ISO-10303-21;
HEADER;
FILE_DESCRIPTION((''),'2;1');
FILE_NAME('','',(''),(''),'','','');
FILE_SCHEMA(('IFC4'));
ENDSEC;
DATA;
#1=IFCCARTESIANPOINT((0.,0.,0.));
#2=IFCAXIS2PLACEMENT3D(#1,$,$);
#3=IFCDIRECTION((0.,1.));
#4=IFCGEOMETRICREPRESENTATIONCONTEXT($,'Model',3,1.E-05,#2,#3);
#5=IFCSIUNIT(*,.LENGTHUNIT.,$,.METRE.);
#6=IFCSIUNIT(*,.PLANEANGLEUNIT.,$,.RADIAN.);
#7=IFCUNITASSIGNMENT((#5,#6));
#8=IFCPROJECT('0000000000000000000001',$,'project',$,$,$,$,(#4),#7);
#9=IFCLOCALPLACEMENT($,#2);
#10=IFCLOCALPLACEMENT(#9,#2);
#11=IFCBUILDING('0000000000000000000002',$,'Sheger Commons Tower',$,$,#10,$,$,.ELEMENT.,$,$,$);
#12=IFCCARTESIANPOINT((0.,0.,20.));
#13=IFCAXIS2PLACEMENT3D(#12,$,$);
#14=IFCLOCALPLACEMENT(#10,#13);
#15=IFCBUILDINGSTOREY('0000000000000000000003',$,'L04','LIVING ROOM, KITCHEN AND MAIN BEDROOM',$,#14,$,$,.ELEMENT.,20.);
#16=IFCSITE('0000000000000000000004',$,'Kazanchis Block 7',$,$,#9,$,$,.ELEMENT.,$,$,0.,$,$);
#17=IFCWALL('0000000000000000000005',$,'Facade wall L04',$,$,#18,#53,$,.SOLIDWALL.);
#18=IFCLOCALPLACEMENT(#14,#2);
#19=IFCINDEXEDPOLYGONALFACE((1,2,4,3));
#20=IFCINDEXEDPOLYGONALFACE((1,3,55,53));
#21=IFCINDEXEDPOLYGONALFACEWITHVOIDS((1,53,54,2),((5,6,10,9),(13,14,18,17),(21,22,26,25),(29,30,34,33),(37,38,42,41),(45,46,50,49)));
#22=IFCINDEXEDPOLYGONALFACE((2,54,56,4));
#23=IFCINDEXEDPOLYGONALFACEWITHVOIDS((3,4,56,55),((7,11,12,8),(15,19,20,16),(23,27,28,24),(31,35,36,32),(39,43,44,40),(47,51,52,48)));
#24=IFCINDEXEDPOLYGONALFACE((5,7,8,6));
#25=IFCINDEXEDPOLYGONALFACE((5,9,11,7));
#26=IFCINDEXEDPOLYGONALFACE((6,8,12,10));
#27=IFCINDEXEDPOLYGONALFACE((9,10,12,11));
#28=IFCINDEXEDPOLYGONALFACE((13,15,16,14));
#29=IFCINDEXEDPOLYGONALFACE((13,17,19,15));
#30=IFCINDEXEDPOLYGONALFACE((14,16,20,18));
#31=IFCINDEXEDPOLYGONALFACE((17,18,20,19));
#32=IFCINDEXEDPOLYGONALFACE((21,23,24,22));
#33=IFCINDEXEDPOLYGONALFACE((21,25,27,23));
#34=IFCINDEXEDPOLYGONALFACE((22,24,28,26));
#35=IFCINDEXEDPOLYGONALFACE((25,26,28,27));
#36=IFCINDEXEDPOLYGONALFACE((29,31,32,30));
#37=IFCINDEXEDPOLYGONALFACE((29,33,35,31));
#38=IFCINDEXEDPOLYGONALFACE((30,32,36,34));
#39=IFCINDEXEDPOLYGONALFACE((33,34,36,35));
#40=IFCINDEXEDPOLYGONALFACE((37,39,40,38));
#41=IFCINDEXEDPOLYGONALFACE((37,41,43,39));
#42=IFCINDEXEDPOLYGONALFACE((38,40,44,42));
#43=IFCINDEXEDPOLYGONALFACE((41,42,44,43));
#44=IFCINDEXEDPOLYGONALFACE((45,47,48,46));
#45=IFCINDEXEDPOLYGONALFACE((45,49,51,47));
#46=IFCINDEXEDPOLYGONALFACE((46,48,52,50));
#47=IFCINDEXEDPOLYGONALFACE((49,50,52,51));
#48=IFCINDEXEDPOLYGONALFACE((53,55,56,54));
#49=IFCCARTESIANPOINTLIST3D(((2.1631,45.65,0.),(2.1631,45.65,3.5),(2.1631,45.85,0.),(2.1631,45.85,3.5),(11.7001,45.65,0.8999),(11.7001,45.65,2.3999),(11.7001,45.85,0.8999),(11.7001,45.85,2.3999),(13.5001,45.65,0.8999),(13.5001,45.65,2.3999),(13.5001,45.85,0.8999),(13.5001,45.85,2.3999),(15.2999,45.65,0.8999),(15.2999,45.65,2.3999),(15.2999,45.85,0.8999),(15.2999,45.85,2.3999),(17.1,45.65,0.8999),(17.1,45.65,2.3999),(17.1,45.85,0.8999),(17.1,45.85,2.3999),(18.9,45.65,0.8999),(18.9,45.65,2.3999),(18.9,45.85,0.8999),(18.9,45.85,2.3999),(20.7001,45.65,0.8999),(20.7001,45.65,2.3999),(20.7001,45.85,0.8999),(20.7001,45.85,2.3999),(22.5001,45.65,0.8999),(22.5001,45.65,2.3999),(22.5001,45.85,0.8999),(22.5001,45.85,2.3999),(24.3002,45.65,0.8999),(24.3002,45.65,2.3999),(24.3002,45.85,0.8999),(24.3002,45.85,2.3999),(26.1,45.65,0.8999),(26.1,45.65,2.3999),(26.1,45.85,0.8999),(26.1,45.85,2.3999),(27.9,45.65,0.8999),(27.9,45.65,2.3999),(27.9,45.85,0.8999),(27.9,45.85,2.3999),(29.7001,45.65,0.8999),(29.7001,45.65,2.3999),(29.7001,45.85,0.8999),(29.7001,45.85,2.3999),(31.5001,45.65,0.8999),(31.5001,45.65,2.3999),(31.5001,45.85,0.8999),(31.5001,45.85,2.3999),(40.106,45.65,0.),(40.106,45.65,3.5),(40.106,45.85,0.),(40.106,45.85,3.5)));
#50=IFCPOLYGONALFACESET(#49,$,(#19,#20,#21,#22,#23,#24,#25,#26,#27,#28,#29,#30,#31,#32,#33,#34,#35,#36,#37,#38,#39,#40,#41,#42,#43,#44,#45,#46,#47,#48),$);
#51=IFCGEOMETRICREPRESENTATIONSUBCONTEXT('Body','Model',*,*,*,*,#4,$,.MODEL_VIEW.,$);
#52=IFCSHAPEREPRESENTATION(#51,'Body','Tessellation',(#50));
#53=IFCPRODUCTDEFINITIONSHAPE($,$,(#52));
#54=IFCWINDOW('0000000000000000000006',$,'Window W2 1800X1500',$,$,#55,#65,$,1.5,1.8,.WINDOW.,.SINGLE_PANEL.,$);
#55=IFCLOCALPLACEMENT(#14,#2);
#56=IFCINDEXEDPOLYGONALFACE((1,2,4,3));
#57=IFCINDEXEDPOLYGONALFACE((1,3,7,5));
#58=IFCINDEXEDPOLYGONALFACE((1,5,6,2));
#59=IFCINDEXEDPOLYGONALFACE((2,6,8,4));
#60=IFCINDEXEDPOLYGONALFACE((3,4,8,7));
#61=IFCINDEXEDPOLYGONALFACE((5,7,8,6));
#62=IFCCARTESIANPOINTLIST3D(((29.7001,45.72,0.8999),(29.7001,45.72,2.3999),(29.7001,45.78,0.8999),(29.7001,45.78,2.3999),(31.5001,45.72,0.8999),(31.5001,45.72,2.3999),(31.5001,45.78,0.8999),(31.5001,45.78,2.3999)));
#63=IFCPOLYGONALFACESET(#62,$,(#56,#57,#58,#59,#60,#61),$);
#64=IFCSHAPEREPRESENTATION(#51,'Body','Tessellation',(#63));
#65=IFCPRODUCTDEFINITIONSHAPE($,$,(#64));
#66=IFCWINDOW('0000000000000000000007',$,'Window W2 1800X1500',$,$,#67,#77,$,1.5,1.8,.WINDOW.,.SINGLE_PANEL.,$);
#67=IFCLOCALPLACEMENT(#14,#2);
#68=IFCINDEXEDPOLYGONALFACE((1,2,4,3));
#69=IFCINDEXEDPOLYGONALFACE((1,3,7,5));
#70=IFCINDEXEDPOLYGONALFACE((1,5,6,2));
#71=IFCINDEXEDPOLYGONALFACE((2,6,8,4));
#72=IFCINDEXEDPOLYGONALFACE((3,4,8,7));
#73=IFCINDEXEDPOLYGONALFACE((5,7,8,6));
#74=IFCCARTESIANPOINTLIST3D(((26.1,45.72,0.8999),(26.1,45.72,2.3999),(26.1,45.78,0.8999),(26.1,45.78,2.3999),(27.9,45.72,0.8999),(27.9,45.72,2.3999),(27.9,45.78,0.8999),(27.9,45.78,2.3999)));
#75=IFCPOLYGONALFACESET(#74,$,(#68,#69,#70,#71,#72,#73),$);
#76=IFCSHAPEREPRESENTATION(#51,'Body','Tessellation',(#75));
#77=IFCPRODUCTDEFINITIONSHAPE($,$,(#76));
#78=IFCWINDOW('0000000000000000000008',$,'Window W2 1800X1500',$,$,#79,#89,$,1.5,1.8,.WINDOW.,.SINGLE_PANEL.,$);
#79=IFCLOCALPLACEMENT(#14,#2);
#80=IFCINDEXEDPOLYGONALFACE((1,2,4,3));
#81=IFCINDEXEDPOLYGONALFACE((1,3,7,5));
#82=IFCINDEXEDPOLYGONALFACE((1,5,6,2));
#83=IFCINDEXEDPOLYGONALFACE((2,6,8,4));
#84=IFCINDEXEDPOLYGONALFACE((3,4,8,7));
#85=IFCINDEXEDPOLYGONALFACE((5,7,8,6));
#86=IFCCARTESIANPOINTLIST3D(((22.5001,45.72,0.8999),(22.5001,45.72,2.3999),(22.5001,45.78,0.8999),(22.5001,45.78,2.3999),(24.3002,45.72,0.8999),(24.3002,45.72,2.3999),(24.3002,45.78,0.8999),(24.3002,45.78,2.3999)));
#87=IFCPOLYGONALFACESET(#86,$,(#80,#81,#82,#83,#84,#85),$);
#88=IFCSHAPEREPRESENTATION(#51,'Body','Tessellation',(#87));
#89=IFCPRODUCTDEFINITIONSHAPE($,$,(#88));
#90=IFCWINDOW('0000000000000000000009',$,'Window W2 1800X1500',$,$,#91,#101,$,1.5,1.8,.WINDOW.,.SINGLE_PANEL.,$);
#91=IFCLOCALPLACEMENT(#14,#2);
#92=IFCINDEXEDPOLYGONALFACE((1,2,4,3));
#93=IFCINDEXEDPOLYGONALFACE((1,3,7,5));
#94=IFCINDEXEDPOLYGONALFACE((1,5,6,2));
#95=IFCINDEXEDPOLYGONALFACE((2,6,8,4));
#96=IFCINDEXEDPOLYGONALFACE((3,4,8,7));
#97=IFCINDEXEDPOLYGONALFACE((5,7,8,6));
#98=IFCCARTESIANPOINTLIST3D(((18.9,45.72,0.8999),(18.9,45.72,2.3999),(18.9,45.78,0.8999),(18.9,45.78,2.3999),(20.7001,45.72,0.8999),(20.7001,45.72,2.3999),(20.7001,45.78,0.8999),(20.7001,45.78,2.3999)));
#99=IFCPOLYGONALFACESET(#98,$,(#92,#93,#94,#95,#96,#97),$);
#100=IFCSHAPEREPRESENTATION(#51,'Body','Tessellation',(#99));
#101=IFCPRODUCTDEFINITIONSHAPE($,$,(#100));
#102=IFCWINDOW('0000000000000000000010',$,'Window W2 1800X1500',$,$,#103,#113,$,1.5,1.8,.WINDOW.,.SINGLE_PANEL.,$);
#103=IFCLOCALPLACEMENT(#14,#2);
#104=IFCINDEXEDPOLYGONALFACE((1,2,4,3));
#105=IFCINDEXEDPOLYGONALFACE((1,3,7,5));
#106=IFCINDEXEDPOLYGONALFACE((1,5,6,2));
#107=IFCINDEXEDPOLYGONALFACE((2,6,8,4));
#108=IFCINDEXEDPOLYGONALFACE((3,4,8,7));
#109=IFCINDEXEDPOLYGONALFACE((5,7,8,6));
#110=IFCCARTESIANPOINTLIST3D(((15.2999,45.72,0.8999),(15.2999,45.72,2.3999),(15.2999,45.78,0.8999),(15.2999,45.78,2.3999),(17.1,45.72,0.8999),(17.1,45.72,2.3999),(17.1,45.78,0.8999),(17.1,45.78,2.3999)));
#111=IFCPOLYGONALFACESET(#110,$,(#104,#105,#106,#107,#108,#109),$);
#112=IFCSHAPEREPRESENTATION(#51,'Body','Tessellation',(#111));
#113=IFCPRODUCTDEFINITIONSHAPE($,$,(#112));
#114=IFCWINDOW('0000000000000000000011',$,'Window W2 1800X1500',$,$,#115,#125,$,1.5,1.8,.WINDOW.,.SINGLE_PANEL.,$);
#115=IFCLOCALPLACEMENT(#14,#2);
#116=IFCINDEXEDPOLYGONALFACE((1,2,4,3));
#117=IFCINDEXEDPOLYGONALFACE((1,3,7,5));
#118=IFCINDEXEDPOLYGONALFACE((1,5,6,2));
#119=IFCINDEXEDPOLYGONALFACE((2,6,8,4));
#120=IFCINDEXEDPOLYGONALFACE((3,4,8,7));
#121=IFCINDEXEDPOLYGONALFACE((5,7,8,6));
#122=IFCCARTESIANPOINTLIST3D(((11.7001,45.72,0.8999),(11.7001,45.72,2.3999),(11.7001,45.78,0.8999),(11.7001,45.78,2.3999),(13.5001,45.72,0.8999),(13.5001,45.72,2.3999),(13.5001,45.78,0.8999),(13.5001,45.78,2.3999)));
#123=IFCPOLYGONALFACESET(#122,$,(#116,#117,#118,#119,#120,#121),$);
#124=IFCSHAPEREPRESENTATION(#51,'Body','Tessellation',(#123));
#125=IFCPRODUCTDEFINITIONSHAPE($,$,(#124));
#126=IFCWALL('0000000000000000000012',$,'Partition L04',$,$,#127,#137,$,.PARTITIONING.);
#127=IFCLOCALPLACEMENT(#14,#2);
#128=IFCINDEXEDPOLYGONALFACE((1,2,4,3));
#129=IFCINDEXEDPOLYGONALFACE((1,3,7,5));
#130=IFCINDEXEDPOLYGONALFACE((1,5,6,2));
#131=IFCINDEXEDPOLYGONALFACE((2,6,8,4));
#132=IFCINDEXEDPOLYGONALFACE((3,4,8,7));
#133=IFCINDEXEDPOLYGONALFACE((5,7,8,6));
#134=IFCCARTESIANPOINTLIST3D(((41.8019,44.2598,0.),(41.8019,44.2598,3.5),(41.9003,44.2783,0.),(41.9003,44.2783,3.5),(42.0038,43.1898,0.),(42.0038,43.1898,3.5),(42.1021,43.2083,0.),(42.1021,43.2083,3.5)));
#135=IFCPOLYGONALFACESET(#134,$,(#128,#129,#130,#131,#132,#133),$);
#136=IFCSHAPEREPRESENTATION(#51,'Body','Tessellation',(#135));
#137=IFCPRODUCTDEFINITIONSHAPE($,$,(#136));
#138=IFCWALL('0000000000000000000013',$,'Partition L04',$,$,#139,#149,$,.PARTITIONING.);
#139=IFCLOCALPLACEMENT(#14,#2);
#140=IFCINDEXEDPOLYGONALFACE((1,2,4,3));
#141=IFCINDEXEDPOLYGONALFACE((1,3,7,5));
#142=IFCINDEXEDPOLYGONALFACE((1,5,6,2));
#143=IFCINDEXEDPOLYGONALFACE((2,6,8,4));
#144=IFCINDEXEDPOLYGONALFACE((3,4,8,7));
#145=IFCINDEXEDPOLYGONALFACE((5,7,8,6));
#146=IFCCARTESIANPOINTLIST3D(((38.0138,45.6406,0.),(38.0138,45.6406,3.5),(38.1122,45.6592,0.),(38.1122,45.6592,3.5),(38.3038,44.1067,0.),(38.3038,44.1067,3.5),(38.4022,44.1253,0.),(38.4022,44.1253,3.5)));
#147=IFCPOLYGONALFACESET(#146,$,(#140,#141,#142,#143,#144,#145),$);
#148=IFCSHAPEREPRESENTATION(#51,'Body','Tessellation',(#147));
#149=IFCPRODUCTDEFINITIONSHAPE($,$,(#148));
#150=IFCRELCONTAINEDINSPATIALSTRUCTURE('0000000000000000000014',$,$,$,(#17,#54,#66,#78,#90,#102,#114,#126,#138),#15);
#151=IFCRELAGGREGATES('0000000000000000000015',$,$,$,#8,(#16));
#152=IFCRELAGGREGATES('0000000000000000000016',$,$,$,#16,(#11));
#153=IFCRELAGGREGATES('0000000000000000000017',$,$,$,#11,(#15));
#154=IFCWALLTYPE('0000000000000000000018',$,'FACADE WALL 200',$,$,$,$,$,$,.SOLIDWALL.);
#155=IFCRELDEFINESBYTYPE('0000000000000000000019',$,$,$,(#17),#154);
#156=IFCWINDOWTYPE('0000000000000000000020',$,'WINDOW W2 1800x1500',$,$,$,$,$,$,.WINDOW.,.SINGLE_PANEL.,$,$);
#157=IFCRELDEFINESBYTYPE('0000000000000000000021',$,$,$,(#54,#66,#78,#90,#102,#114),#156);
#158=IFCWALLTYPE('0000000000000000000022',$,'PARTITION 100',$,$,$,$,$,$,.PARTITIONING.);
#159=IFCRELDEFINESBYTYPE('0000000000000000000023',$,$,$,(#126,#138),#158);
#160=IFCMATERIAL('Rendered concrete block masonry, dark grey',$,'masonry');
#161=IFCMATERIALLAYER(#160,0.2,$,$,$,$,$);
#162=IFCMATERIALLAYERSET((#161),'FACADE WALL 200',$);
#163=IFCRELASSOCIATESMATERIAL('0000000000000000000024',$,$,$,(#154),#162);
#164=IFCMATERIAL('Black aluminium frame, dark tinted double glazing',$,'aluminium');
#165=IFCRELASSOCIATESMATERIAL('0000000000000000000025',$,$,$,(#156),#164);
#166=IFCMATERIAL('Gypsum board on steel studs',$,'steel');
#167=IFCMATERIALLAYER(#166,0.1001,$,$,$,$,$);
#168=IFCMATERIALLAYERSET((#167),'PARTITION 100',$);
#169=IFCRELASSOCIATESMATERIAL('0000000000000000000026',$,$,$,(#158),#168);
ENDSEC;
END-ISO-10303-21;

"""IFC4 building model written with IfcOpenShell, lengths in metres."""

from ifc_helpers import new_model, si_unit, direction, frame, frame_2d, origin, place, context, subcontext, project, spatial, rectangle, extrude, material, layer, layer_set, type_object, element, fill, save


model = new_model("IFC4")

# Units and contexts
model_context = context("Model", 3, precision=1e-05, world=origin(), true_north=direction((0.0, 1.0)))
body_context = subcontext(model_context, "Body", "Model", "MODEL_VIEW")
ifc_project = project(units=[si_unit("LENGTHUNIT", "METRE"), si_unit("PLANEANGLEUNIT", "RADIAN")], contexts=[model_context])

# Site, building, storey
site_placement = place(None, origin())
site = spatial("IfcSite", under=ifc_project, at=site_placement, Name="Kazanchis Block 7", CompositionType="ELEMENT", RefElevation=0.0)
building_placement = place(site_placement, origin())
building = spatial("IfcBuilding", under=site, at=building_placement, Name="Sheger Commons Tower", CompositionType="ELEMENT")
storey_placement = place(building_placement, frame((0.0, 0.0, 20.0)))
storey = spatial("IfcBuildingStorey", under=building, at=storey_placement, Name="L04", Description="LIVING ROOM, KITCHEN AND MAIN BEDROOM", CompositionType="ELEMENT", Elevation=20.0)

# Shared definitions
ifc_material_1 = material(Name="Rendered concrete block masonry, dark grey", Category="masonry")
ifc_layer_1 = layer(ifc_material_1, 0.2)
ifc_layer_set_1 = layer_set([ifc_layer_1], Name="FACADE WALL 200")
wall_type_1 = type_object("IfcWallType", Name="FACADE WALL 200", PredefinedType="SOLIDWALL", material=ifc_layer_set_1)

# Wall, openings, windows
wall_1_placement = place(storey_placement, frame((40.106, 45.75, 0.0), z_axis=(0.0, 0.0, 1.0), x_axis=(-1.0, 0.0, 0.0)))
wall_1 = element("IfcWall", 1, at=wall_1_placement, inside=storey, type_object=wall_type_1, Name="Facade wall L04", PredefinedType="SOLIDWALL", context=body_context, shape_type="SweptSolid", body=[
    extrude(rectangle(XDim=37.9429, YDim=0.2, at=frame_2d((18.9714, 0.0))), origin(), (0.0, 0.0, 1.0), 3.5),
])
opening_1_placement = place(wall_1_placement, frame((8.606, 0.0, 0.8999)))
opening_1 = element("IfcOpeningElement", 2, at=opening_1_placement, cuts=wall_1, PredefinedType="OPENING", context=body_context, shape_type="SweptSolid", body=[
    extrude(rectangle(XDim=1.8, YDim=1.5, at=frame_2d((0.8999, 0.75))), frame((0.0, 0.1099, 0.0), z_axis=(0.0, -1.0, 0.0), x_axis=(1.0, 0.0, 0.0)), (0.0, 0.0, 1.0), 0.22),
])
opening_2_placement = place(wall_1_placement, frame((12.2061, 0.0, 0.8999)))
opening_2 = element("IfcOpeningElement", 3, at=opening_2_placement, cuts=wall_1, PredefinedType="OPENING", context=body_context, shape_type="SweptSolid", body=[
    extrude(rectangle(XDim=1.8, YDim=1.5, at=frame_2d((0.8999, 0.75))), frame((0.0, 0.1099, 0.0), z_axis=(0.0, -1.0, 0.0), x_axis=(1.0, 0.0, 0.0)), (0.0, 0.0, 1.0), 0.22),
])
opening_3_placement = place(wall_1_placement, frame((15.8059, 0.0, 0.8999)))
opening_3 = element("IfcOpeningElement", 4, at=opening_3_placement, cuts=wall_1, PredefinedType="OPENING", context=body_context, shape_type="SweptSolid", body=[
    extrude(rectangle(XDim=1.8, YDim=1.5, at=frame_2d((0.8999, 0.75))), frame((0.0, 0.1099, 0.0), z_axis=(0.0, -1.0, 0.0), x_axis=(1.0, 0.0, 0.0)), (0.0, 0.0, 1.0), 0.22),
])
opening_4_placement = place(wall_1_placement, frame((19.406, 0.0, 0.8999)))
opening_4 = element("IfcOpeningElement", 5, at=opening_4_placement, cuts=wall_1, PredefinedType="OPENING", context=body_context, shape_type="SweptSolid", body=[
    extrude(rectangle(XDim=1.8, YDim=1.5, at=frame_2d((0.8999, 0.75))), frame((0.0, 0.1099, 0.0), z_axis=(0.0, -1.0, 0.0), x_axis=(1.0, 0.0, 0.0)), (0.0, 0.0, 1.0), 0.22),
])
opening_5_placement = place(wall_1_placement, frame((23.0061, 0.0, 0.8999)))
opening_5 = element("IfcOpeningElement", 6, at=opening_5_placement, cuts=wall_1, PredefinedType="OPENING", context=body_context, shape_type="SweptSolid", body=[
    extrude(rectangle(XDim=1.8, YDim=1.5, at=frame_2d((0.8999, 0.75))), frame((0.0, 0.1099, 0.0), z_axis=(0.0, -1.0, 0.0), x_axis=(1.0, 0.0, 0.0)), (0.0, 0.0, 1.0), 0.22),
])
opening_6_placement = place(wall_1_placement, frame((26.606, 0.0, 0.8999)))
opening_6 = element("IfcOpeningElement", 7, at=opening_6_placement, cuts=wall_1, PredefinedType="OPENING", context=body_context, shape_type="SweptSolid", body=[
    extrude(rectangle(XDim=1.8, YDim=1.5, at=frame_2d((0.8999, 0.75))), frame((0.0, 0.1099, 0.0), z_axis=(0.0, -1.0, 0.0), x_axis=(1.0, 0.0, 0.0)), (0.0, 0.0, 1.0), 0.22),
])
ifc_material_2 = material(Name="Black aluminium frame, dark tinted double glazing", Category="aluminium")
window_type = type_object("IfcWindowType", Name="WINDOW W2 1800x1500", PartitioningType="SINGLE_PANEL", PredefinedType="WINDOW", material=ifc_material_2)
window_1_placement = place(opening_1_placement, origin())
window_1 = element("IfcWindow", 8, at=window_1_placement, inside=storey, type_object=window_type, Name="Window W2 1800X1500", OverallHeight=1.5, OverallWidth=1.8, PartitioningType="SINGLE_PANEL", PredefinedType="WINDOW", context=body_context, shape_type="SweptSolid", body=[
    extrude(rectangle(XDim=1.8, YDim=1.5, at=frame_2d((0.8999, 0.75))), frame((0.0, 0.03, 0.0), z_axis=(0.0, -1.0, 0.0), x_axis=(1.0, 0.0, 0.0)), (0.0, 0.0, 1.0), 0.0601),
])
fill(opening_1, window_1)
window_2_placement = place(opening_2_placement, origin())
window_2 = element("IfcWindow", 9, at=window_2_placement, inside=storey, type_object=window_type, Name="Window W2 1800X1500", OverallHeight=1.5, OverallWidth=1.8, PartitioningType="SINGLE_PANEL", PredefinedType="WINDOW", context=body_context, shape_type="SweptSolid", body=[
    extrude(rectangle(XDim=1.8, YDim=1.5, at=frame_2d((0.8999, 0.75))), frame((0.0, 0.03, 0.0), z_axis=(0.0, -1.0, 0.0), x_axis=(1.0, 0.0, 0.0)), (0.0, 0.0, 1.0), 0.0601),
])
fill(opening_2, window_2)
window_3_placement = place(opening_3_placement, origin())
window_3 = element("IfcWindow", 10, at=window_3_placement, inside=storey, type_object=window_type, Name="Window W2 1800X1500", OverallHeight=1.5, OverallWidth=1.8, PartitioningType="SINGLE_PANEL", PredefinedType="WINDOW", context=body_context, shape_type="SweptSolid", body=[
    extrude(rectangle(XDim=1.8, YDim=1.5, at=frame_2d((0.8999, 0.75))), frame((0.0, 0.03, 0.0), z_axis=(0.0, -1.0, 0.0), x_axis=(1.0, 0.0, 0.0)), (0.0, 0.0, 1.0), 0.0601),
])
fill(opening_3, window_3)
window_4_placement = place(opening_4_placement, origin())
window_4 = element("IfcWindow", 11, at=window_4_placement, inside=storey, type_object=window_type, Name="Window W2 1800X1500", OverallHeight=1.5, OverallWidth=1.8, PartitioningType="SINGLE_PANEL", PredefinedType="WINDOW", context=body_context, shape_type="SweptSolid", body=[
    extrude(rectangle(XDim=1.8, YDim=1.5, at=frame_2d((0.8999, 0.75))), frame((0.0, 0.03, 0.0), z_axis=(0.0, -1.0, 0.0), x_axis=(1.0, 0.0, 0.0)), (0.0, 0.0, 1.0), 0.0601),
])
fill(opening_4, window_4)
window_5_placement = place(opening_5_placement, origin())
window_5 = element("IfcWindow", 12, at=window_5_placement, inside=storey, type_object=window_type, Name="Window W2 1800X1500", OverallHeight=1.5, OverallWidth=1.8, PartitioningType="SINGLE_PANEL", PredefinedType="WINDOW", context=body_context, shape_type="SweptSolid", body=[
    extrude(rectangle(XDim=1.8, YDim=1.5, at=frame_2d((0.8999, 0.75))), frame((0.0, 0.03, 0.0), z_axis=(0.0, -1.0, 0.0), x_axis=(1.0, 0.0, 0.0)), (0.0, 0.0, 1.0), 0.0601),
])
fill(opening_5, window_5)
window_6_placement = place(opening_6_placement, origin())
window_6 = element("IfcWindow", 13, at=window_6_placement, inside=storey, type_object=window_type, Name="Window W2 1800X1500", OverallHeight=1.5, OverallWidth=1.8, PartitioningType="SINGLE_PANEL", PredefinedType="WINDOW", context=body_context, shape_type="SweptSolid", body=[
    extrude(rectangle(XDim=1.8, YDim=1.5, at=frame_2d((0.8999, 0.75))), frame((0.0, 0.03, 0.0), z_axis=(0.0, -1.0, 0.0), x_axis=(1.0, 0.0, 0.0)), (0.0, 0.0, 1.0), 0.0601),
])
fill(opening_6, window_6)

# Walls
ifc_material_3 = material(Name="Gypsum board on steel studs", Category="steel")
ifc_layer_2 = layer(ifc_material_3, 0.1001)
ifc_layer_set_2 = layer_set([ifc_layer_2], Name="PARTITION 100")
wall_type_2 = type_object("IfcWallType", Name="PARTITION 100", PredefinedType="PARTITIONING", material=ifc_layer_set_2)
wall_2_placement = place(storey_placement, frame((41.8511, 44.269, 0.0), z_axis=(0.0, 0.0, 1.0), x_axis=(0.185412, -0.982661, 0.0)))
element("IfcWall", 14, at=wall_2_placement, inside=storey, type_object=wall_type_2, Name="Partition L04", PredefinedType="PARTITIONING", context=body_context, shape_type="SweptSolid", body=[
    extrude(rectangle(XDim=1.0889, YDim=0.1001, at=frame_2d((0.5444, 0.0))), origin(), (0.0, 0.0, 1.0), 3.5),
])
wall_3_placement = place(storey_placement, frame((38.063, 45.6499, 0.0), z_axis=(0.0, 0.0, 1.0), x_axis=(0.18579, -0.98259, 0.0)))
element("IfcWall", 15, at=wall_3_placement, inside=storey, type_object=wall_type_2, Name="Partition L04", PredefinedType="PARTITIONING", context=body_context, shape_type="SweptSolid", body=[
    extrude(rectangle(XDim=1.561, YDim=0.1001, at=frame_2d((0.7805, 0.0))), origin(), (0.0, 0.0, 1.0), 3.5),
])

save(model, "model.ifc")
